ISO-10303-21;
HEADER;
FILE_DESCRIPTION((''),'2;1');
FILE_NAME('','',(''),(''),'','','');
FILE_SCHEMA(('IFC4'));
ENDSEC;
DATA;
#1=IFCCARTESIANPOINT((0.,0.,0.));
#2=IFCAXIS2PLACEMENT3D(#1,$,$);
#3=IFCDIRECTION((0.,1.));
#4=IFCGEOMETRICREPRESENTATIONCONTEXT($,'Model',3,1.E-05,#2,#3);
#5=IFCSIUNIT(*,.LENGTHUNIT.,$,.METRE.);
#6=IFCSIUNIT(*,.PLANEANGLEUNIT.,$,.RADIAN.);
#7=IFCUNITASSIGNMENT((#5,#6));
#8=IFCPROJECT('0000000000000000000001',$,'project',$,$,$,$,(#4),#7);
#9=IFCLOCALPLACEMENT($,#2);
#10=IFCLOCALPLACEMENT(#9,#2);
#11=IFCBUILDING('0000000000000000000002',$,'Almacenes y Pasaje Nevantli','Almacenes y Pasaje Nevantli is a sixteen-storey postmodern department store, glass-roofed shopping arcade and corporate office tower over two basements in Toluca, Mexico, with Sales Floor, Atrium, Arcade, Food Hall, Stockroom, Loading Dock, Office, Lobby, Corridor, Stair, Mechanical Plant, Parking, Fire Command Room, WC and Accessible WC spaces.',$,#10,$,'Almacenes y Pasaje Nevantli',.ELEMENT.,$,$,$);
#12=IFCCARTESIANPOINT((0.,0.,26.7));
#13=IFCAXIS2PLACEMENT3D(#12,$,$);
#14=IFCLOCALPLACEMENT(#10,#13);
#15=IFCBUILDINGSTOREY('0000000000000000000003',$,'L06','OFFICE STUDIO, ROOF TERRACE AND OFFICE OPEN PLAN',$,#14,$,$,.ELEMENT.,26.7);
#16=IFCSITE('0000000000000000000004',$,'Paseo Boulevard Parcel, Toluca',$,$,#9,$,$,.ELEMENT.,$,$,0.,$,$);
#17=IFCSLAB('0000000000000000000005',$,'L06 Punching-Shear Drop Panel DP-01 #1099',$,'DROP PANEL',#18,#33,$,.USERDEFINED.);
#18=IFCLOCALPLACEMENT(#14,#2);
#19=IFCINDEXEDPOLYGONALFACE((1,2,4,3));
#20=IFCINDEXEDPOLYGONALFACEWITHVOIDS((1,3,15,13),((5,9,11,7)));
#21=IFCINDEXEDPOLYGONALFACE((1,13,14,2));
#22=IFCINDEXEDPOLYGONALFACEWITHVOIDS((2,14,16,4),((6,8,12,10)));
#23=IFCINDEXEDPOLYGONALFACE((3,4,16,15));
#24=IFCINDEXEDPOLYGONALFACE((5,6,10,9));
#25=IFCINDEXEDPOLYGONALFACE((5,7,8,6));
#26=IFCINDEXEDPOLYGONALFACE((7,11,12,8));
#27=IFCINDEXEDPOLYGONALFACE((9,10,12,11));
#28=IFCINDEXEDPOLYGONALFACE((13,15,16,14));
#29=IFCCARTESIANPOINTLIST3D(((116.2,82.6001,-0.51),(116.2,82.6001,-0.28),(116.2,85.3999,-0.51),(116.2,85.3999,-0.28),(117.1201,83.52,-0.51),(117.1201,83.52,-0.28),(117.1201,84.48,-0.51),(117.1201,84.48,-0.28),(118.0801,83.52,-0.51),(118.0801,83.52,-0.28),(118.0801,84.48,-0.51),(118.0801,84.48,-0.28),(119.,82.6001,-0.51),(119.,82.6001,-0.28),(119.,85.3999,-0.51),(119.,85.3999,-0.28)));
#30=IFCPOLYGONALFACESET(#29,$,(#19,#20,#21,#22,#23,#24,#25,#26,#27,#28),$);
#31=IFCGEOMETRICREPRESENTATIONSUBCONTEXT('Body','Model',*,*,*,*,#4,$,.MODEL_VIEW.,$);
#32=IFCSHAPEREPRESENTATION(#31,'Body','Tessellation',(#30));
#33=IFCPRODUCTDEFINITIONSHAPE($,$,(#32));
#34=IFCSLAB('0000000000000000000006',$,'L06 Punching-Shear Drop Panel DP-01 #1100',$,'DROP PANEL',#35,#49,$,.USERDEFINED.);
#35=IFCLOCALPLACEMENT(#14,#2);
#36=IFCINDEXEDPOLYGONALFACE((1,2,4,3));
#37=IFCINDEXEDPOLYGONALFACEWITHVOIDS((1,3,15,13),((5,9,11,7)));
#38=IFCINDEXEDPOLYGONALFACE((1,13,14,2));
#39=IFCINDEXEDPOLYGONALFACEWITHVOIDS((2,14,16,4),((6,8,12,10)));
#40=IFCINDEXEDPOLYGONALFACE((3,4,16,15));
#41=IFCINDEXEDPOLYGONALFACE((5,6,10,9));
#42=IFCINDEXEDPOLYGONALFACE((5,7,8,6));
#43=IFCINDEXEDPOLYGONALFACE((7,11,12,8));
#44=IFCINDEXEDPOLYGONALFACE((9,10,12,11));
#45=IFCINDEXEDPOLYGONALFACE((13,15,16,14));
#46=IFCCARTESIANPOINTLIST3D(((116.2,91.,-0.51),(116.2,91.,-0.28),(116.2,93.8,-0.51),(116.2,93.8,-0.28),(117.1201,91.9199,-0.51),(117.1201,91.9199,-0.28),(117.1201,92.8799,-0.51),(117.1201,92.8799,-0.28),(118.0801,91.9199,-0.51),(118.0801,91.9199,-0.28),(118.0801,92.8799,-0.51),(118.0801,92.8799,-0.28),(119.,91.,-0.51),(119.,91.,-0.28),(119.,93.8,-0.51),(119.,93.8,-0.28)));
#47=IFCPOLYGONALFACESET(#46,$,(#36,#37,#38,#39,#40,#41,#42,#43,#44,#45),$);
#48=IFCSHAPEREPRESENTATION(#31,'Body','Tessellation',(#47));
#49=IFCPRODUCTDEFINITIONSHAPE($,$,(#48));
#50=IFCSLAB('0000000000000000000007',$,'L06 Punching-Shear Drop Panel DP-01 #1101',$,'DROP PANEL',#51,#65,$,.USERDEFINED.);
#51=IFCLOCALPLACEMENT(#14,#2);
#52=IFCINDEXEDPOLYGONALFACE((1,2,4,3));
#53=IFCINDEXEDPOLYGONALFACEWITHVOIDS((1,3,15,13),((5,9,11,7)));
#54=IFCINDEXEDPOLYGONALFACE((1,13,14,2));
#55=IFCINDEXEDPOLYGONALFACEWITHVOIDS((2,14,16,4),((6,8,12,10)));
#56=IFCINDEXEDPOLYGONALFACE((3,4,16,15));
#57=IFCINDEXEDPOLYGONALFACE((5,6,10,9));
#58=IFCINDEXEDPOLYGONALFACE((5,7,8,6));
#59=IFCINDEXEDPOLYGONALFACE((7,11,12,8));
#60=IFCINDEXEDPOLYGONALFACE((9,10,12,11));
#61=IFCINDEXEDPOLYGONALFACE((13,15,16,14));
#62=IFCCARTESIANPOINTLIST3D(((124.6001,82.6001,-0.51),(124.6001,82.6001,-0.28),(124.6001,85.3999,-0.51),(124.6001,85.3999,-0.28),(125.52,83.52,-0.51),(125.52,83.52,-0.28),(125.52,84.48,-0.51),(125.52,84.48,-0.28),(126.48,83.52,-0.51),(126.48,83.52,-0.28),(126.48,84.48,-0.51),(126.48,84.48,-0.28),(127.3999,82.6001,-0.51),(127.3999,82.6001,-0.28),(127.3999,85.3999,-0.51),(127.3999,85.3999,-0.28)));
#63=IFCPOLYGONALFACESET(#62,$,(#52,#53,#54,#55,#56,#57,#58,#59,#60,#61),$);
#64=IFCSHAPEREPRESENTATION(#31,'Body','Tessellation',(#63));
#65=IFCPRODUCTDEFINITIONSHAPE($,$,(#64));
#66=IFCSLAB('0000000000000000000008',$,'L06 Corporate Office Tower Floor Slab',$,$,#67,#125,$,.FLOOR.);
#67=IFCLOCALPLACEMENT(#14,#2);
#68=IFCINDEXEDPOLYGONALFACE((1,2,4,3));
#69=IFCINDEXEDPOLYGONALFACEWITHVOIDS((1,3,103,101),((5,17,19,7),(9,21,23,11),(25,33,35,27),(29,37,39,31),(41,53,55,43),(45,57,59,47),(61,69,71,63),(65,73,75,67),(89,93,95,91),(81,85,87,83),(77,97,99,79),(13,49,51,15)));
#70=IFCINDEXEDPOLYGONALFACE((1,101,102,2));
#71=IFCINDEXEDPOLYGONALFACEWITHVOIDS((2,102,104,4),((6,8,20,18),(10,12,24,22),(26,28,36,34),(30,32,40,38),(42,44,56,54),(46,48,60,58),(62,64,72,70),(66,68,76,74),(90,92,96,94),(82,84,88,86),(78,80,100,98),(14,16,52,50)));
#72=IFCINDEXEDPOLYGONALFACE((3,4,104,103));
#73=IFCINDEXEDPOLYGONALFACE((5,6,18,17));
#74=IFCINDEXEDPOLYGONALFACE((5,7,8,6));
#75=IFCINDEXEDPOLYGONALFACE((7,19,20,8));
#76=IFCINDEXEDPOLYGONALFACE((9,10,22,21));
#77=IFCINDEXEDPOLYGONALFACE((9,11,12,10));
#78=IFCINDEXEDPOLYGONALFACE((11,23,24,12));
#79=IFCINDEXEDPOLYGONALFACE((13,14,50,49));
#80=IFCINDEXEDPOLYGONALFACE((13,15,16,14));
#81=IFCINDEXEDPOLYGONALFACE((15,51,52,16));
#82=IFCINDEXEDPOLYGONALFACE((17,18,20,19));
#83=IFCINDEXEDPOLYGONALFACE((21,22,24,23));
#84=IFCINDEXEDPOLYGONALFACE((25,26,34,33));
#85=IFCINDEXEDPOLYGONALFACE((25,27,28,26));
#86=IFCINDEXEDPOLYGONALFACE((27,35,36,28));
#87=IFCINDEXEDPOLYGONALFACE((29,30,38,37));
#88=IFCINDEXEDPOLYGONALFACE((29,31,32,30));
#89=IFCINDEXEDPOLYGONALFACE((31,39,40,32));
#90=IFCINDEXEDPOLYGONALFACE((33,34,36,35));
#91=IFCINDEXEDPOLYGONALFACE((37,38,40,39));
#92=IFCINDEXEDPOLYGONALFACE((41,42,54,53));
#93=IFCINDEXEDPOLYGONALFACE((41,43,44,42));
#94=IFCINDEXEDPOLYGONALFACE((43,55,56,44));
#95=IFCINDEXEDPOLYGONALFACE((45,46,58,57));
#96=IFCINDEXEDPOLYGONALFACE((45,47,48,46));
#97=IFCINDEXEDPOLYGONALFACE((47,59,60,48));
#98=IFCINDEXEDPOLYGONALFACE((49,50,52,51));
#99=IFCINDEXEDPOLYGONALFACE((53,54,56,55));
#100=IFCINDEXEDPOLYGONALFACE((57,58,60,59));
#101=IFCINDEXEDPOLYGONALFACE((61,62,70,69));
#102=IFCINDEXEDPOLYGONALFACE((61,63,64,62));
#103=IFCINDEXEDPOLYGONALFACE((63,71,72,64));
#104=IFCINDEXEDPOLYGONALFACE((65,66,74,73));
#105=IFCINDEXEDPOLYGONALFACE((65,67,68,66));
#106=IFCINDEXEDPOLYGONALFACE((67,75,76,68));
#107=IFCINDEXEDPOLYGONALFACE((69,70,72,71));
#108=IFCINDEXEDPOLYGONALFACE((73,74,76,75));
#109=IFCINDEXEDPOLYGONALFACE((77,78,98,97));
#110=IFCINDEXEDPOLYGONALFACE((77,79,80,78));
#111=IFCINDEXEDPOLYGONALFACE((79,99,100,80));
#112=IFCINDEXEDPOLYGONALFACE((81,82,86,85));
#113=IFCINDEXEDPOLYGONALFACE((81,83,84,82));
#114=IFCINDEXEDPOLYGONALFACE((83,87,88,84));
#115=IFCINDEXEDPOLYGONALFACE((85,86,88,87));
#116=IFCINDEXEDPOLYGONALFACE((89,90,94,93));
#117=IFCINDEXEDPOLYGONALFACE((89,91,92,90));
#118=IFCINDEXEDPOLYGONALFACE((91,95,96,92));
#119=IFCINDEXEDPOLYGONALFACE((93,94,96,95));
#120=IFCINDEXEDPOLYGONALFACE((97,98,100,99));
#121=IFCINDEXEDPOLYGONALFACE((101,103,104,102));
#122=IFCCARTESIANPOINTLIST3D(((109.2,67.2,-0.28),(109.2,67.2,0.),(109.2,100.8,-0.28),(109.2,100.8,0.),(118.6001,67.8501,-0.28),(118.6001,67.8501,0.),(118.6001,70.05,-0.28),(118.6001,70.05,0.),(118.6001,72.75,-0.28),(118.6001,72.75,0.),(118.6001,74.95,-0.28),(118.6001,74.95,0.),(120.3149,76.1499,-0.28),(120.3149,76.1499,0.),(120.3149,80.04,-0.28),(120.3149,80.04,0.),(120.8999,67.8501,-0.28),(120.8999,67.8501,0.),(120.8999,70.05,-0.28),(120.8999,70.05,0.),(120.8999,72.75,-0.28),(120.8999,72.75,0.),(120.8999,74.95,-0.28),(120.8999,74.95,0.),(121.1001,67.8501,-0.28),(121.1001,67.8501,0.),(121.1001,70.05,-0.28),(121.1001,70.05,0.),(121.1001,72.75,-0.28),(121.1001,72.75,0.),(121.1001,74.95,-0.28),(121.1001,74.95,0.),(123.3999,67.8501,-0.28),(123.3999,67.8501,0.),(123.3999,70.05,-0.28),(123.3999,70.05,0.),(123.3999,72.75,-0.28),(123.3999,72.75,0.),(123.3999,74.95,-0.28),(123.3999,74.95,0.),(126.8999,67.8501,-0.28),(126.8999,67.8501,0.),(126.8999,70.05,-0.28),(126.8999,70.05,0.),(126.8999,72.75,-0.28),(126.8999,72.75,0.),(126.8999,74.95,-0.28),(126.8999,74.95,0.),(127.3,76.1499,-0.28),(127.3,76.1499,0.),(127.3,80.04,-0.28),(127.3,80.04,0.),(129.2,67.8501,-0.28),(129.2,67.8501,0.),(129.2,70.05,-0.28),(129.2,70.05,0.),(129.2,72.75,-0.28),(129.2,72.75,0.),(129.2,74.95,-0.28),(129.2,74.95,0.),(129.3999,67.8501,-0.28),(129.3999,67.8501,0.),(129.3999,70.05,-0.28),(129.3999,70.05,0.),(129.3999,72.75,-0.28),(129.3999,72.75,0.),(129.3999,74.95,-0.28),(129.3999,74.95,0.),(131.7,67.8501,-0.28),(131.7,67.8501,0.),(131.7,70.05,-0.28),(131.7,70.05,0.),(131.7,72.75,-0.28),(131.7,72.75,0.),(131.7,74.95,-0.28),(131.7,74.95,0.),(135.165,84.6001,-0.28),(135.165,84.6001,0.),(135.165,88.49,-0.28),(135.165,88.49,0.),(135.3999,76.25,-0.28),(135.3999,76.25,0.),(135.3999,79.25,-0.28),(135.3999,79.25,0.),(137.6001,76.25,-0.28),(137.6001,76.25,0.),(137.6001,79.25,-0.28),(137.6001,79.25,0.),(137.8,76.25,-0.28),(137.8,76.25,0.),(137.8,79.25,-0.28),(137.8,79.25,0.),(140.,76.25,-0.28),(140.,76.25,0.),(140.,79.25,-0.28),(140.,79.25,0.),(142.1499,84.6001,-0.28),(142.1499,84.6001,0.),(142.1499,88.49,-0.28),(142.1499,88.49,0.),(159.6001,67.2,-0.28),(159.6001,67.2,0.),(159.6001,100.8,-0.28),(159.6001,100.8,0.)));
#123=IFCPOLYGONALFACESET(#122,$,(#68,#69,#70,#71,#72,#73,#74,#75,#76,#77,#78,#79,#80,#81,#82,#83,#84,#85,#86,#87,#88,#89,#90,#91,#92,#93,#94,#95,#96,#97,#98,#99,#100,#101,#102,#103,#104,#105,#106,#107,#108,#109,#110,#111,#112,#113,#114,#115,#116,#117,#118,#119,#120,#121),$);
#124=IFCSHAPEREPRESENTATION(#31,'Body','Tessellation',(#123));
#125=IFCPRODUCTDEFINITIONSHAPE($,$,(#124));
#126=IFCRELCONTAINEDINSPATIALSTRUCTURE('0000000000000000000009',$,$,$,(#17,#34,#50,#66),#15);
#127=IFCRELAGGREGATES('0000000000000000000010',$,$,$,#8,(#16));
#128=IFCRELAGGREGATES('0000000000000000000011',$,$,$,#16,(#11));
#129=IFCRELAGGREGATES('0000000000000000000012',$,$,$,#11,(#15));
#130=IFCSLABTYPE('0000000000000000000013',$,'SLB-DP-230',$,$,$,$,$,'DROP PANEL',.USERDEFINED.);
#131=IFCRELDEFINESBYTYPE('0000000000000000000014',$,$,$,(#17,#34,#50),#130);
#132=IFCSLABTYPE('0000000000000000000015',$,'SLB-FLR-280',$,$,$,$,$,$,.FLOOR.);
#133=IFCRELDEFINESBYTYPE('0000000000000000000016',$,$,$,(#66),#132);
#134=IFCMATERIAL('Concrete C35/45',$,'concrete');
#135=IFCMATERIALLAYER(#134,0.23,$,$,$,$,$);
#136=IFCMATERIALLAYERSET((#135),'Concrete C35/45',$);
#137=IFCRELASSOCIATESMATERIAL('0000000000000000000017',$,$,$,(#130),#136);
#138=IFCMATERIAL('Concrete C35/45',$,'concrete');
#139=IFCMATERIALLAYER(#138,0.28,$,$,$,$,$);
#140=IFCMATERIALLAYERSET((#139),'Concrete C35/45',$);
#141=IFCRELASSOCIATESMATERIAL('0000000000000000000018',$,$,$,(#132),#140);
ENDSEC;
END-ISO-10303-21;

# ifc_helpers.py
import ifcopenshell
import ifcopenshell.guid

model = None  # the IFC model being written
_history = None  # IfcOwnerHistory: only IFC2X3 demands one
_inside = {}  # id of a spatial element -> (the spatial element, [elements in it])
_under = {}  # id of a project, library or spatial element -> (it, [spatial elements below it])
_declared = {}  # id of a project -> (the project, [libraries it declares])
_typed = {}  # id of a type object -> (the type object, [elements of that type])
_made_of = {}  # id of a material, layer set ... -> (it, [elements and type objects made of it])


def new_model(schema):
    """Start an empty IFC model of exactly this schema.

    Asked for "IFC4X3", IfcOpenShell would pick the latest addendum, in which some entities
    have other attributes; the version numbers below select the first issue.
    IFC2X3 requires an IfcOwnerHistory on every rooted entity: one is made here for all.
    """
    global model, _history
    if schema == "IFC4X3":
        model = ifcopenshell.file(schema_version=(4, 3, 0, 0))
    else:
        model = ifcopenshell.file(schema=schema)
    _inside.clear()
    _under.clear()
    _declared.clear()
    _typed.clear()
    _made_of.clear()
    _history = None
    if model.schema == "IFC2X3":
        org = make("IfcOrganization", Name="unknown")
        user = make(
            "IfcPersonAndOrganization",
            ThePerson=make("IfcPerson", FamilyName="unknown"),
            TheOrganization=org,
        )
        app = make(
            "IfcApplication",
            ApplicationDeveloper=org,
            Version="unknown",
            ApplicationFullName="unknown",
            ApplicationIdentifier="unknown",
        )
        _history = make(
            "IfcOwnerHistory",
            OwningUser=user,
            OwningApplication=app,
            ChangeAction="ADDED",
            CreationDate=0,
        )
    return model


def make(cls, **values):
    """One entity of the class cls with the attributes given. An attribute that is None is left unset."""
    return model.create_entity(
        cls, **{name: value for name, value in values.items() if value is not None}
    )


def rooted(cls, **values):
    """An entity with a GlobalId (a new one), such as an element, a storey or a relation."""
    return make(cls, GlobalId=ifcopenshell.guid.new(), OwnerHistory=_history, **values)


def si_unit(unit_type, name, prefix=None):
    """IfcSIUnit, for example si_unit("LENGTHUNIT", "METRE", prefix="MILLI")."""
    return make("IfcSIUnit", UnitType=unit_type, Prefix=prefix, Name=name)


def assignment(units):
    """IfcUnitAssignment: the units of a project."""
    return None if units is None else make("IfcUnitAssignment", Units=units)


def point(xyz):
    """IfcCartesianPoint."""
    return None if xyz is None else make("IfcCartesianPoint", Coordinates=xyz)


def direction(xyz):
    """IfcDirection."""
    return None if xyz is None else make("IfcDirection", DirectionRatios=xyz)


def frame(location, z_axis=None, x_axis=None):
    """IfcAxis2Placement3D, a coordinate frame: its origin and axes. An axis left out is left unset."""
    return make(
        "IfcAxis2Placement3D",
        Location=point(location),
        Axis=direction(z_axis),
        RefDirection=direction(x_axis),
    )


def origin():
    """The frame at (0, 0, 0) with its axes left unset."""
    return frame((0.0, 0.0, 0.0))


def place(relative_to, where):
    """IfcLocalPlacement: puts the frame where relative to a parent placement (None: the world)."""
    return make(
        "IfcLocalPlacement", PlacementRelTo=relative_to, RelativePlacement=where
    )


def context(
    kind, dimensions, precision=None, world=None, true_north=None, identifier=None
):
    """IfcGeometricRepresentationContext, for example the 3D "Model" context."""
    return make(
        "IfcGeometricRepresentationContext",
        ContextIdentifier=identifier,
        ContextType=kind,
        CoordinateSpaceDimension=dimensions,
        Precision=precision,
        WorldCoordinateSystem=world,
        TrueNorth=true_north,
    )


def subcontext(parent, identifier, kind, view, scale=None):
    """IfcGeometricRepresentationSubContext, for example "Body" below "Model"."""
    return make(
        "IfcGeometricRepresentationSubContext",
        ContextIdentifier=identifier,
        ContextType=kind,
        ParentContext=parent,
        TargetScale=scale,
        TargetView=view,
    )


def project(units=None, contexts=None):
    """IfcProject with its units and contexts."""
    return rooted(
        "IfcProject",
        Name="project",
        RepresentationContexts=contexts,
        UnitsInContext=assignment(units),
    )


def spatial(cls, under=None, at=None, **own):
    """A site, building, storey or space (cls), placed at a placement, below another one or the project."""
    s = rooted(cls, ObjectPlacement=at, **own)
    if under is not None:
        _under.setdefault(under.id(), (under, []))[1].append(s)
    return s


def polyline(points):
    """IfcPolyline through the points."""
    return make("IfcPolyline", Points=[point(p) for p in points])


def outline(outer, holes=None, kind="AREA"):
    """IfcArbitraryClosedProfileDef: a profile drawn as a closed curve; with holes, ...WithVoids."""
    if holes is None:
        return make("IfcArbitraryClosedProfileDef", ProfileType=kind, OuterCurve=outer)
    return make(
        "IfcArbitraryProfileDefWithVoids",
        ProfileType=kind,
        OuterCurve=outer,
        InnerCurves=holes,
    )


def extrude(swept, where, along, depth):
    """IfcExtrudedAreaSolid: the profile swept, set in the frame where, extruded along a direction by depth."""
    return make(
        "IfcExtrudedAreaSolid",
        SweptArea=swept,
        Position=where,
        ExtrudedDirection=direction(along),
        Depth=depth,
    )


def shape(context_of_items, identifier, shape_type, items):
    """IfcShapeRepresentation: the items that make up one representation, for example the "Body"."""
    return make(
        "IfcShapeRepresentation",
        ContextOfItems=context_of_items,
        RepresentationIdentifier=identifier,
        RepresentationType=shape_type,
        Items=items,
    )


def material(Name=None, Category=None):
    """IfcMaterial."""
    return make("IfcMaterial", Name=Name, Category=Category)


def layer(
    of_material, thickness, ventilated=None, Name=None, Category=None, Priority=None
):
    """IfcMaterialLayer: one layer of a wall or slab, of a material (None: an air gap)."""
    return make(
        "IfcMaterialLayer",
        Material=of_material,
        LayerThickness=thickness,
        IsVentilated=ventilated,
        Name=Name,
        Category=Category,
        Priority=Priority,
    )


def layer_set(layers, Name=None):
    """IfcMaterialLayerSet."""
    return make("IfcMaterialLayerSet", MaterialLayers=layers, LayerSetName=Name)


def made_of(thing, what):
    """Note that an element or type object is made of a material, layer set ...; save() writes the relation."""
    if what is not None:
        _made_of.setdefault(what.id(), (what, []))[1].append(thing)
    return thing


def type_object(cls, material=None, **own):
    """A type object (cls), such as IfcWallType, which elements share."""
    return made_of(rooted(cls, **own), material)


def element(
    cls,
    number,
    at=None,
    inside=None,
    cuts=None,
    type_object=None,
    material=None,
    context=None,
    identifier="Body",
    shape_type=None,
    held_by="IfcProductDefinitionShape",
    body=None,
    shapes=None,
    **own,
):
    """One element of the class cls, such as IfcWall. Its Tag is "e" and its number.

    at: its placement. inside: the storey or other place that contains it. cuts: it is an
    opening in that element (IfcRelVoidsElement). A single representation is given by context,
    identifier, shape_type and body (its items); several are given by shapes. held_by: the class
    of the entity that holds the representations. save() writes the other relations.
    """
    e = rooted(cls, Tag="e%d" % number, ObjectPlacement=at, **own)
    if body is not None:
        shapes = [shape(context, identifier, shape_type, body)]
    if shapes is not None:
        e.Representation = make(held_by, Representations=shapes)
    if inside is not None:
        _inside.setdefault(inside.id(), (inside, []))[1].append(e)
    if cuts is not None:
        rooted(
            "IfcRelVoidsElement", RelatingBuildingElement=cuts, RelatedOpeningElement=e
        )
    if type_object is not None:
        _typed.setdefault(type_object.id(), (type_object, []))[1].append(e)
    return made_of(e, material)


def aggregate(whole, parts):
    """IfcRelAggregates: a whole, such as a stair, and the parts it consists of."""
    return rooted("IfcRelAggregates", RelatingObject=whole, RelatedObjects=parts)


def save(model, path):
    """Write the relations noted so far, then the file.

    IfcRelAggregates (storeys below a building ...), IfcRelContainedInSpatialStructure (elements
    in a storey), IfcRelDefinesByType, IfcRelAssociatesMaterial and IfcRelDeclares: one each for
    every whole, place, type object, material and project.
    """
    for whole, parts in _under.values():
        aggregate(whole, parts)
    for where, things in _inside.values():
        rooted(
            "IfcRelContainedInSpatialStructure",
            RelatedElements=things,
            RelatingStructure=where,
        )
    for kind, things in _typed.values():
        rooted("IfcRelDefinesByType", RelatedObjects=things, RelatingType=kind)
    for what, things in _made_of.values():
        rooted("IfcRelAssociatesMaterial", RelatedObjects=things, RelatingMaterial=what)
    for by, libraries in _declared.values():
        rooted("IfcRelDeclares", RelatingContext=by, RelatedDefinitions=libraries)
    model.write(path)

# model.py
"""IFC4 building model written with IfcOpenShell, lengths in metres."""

from ifc_helpers import new_model, si_unit, direction, frame, origin, place, context, subcontext, project, spatial, polyline, outline, extrude, material, layer, layer_set, type_object, element, save


model = new_model("IFC4")

# Units and contexts
model_context = context("Model", 3, precision=1e-05, world=origin(), true_north=direction((0.0, 1.0)))
body_context = subcontext(model_context, "Body", "Model", "MODEL_VIEW")
ifc_project = project(units=[si_unit("LENGTHUNIT", "METRE"), si_unit("PLANEANGLEUNIT", "RADIAN")], contexts=[model_context])

# Site, building, storey
site_placement = place(None, origin())
site = spatial("IfcSite", under=ifc_project, at=site_placement, Name="Paseo Boulevard Parcel, Toluca", CompositionType="ELEMENT", RefElevation=0.0)
building_placement = place(site_placement, origin())
building = spatial("IfcBuilding", under=site, at=building_placement, Name="Almacenes y Pasaje Nevantli", Description="Almacenes y Pasaje Nevantli is a sixteen-storey postmodern department store, glass-roofed shopping arcade and corporate office tower over two basements in Toluca, Mexico, with Sales Floor, Atrium, Arcade, Food Hall, Stockroom, Loading Dock, Office, Lobby, Corridor, Stair, Mechanical Plant, Parking, Fire Command Room, WC and Accessible WC spaces.", LongName="Almacenes y Pasaje Nevantli", CompositionType="ELEMENT")
storey_placement = place(building_placement, frame((0.0, 0.0, 26.7)))
storey = spatial("IfcBuildingStorey", under=building, at=storey_placement, Name="L06", Description="OFFICE STUDIO, ROOF TERRACE AND OFFICE OPEN PLAN", CompositionType="ELEMENT", Elevation=26.7)

# Slabs
ifc_material_1 = material(Name="Concrete C35/45", Category="concrete")
ifc_layer_1 = layer(ifc_material_1, 0.23)
ifc_layer_set_1 = layer_set([ifc_layer_1], Name="Concrete C35/45")
slab_type_1 = type_object("IfcSlabType", Name="SLB-DP-230", ElementType="DROP PANEL", PredefinedType="USERDEFINED", material=ifc_layer_set_1)
slab_1_placement = place(storey_placement, frame((0.0, 0.0, -0.51)))
element("IfcSlab", 1, at=slab_1_placement, inside=storey, type_object=slab_type_1, Name="L06 Punching-Shear Drop Panel DP-01 #1099", ObjectType="DROP PANEL", PredefinedType="USERDEFINED", context=body_context, shape_type="SweptSolid", body=[
    extrude(outline(polyline([(116.2, 82.6001), (119.0, 82.6001), (119.0, 85.3999), (116.2, 85.3999), (116.2, 82.6001)]), holes=[polyline([(117.1201, 83.52), (118.0801, 83.52), (118.0801, 84.48), (117.1201, 84.48), (117.1201, 83.52)])]), origin(), (0.0, 0.0, 1.0), 0.23),
])
slab_2_placement = place(storey_placement, frame((0.0, 0.0, -0.51)))
element("IfcSlab", 2, at=slab_2_placement, inside=storey, type_object=slab_type_1, Name="L06 Punching-Shear Drop Panel DP-01 #1100", ObjectType="DROP PANEL", PredefinedType="USERDEFINED", context=body_context, shape_type="SweptSolid", body=[
    extrude(outline(polyline([(116.2, 91.0), (119.0, 91.0), (119.0, 93.8), (116.2, 93.8), (116.2, 91.0)]), holes=[polyline([(117.1201, 91.9199), (118.0801, 91.9199), (118.0801, 92.8799), (117.1201, 92.8799), (117.1201, 91.9199)])]), origin(), (0.0, 0.0, 1.0), 0.23),
])
slab_3_placement = place(storey_placement, frame((0.0, 0.0, -0.51)))
element("IfcSlab", 3, at=slab_3_placement, inside=storey, type_object=slab_type_1, Name="L06 Punching-Shear Drop Panel DP-01 #1101", ObjectType="DROP PANEL", PredefinedType="USERDEFINED", context=body_context, shape_type="SweptSolid", body=[
    extrude(outline(polyline([(124.6001, 82.6001), (127.3999, 82.6001), (127.3999, 85.3999), (124.6001, 85.3999), (124.6001, 82.6001)]), holes=[polyline([(125.52, 83.52), (126.48, 83.52), (126.48, 84.48), (125.52, 84.48), (125.52, 83.52)])]), origin(), (0.0, 0.0, 1.0), 0.23),
])
ifc_material_2 = material(Name="Concrete C35/45", Category="concrete")
ifc_layer_2 = layer(ifc_material_2, 0.28)
ifc_layer_set_2 = layer_set([ifc_layer_2], Name="Concrete C35/45")
slab_type_2 = type_object("IfcSlabType", Name="SLB-FLR-280", PredefinedType="FLOOR", material=ifc_layer_set_2)
slab_4_placement = place(storey_placement, frame((0.0, 0.0, -0.28)))
element("IfcSlab", 4, at=slab_4_placement, inside=storey, type_object=slab_type_2, Name="L06 Corporate Office Tower Floor Slab", PredefinedType="FLOOR", context=body_context, shape_type="SweptSolid", body=[
    extrude(outline(polyline([(109.2, 67.2), (159.6001, 67.2), (159.6001, 100.8), (109.2, 100.8), (109.2, 67.2)]), holes=[polyline([(120.3149, 76.1499), (127.3, 76.1499), (127.3, 80.04), (120.3149, 80.04), (120.3149, 76.1499)]), polyline([(135.165, 84.6001), (142.1499, 84.6001), (142.1499, 88.49), (135.165, 88.49), (135.165, 84.6001)]), polyline([(126.8999, 67.8501), (129.2, 67.8501), (129.2, 70.05), (126.8999, 70.05), (126.8999, 67.8501)]), polyline([(129.3999, 67.8501), (131.7, 67.8501), (131.7, 70.05), (129.3999, 70.05), (129.3999, 67.8501)]), polyline([(126.8999, 72.75), (129.2, 72.75), (129.2, 74.95), (126.8999, 74.95), (126.8999, 72.75)]), polyline([(129.3999, 72.75), (131.7, 72.75), (131.7, 74.95), (129.3999, 74.95), (129.3999, 72.75)]), polyline([(118.6001, 67.8501), (120.8999, 67.8501), (120.8999, 70.05), (118.6001, 70.05), (118.6001, 67.8501)]), polyline([(121.1001, 67.8501), (123.3999, 67.8501), (123.3999, 70.05), (121.1001, 70.05), (121.1001, 67.8501)]), polyline([(118.6001, 72.75), (120.8999, 72.75), (120.8999, 74.95), (118.6001, 74.95), (118.6001, 72.75)]), polyline([(121.1001, 72.75), (123.3999, 72.75), (123.3999, 74.95), (121.1001, 74.95), (121.1001, 72.75)]), polyline([(135.3999, 76.25), (137.6001, 76.25), (137.6001, 79.25), (135.3999, 79.25), (135.3999, 76.25)]), polyline([(137.8, 76.25), (140.0, 76.25), (140.0, 79.25), (137.8, 79.25), (137.8, 76.25)])]), origin(), (0.0, 0.0, 1.0), 0.28),
])

save(model, "model.ifc")
